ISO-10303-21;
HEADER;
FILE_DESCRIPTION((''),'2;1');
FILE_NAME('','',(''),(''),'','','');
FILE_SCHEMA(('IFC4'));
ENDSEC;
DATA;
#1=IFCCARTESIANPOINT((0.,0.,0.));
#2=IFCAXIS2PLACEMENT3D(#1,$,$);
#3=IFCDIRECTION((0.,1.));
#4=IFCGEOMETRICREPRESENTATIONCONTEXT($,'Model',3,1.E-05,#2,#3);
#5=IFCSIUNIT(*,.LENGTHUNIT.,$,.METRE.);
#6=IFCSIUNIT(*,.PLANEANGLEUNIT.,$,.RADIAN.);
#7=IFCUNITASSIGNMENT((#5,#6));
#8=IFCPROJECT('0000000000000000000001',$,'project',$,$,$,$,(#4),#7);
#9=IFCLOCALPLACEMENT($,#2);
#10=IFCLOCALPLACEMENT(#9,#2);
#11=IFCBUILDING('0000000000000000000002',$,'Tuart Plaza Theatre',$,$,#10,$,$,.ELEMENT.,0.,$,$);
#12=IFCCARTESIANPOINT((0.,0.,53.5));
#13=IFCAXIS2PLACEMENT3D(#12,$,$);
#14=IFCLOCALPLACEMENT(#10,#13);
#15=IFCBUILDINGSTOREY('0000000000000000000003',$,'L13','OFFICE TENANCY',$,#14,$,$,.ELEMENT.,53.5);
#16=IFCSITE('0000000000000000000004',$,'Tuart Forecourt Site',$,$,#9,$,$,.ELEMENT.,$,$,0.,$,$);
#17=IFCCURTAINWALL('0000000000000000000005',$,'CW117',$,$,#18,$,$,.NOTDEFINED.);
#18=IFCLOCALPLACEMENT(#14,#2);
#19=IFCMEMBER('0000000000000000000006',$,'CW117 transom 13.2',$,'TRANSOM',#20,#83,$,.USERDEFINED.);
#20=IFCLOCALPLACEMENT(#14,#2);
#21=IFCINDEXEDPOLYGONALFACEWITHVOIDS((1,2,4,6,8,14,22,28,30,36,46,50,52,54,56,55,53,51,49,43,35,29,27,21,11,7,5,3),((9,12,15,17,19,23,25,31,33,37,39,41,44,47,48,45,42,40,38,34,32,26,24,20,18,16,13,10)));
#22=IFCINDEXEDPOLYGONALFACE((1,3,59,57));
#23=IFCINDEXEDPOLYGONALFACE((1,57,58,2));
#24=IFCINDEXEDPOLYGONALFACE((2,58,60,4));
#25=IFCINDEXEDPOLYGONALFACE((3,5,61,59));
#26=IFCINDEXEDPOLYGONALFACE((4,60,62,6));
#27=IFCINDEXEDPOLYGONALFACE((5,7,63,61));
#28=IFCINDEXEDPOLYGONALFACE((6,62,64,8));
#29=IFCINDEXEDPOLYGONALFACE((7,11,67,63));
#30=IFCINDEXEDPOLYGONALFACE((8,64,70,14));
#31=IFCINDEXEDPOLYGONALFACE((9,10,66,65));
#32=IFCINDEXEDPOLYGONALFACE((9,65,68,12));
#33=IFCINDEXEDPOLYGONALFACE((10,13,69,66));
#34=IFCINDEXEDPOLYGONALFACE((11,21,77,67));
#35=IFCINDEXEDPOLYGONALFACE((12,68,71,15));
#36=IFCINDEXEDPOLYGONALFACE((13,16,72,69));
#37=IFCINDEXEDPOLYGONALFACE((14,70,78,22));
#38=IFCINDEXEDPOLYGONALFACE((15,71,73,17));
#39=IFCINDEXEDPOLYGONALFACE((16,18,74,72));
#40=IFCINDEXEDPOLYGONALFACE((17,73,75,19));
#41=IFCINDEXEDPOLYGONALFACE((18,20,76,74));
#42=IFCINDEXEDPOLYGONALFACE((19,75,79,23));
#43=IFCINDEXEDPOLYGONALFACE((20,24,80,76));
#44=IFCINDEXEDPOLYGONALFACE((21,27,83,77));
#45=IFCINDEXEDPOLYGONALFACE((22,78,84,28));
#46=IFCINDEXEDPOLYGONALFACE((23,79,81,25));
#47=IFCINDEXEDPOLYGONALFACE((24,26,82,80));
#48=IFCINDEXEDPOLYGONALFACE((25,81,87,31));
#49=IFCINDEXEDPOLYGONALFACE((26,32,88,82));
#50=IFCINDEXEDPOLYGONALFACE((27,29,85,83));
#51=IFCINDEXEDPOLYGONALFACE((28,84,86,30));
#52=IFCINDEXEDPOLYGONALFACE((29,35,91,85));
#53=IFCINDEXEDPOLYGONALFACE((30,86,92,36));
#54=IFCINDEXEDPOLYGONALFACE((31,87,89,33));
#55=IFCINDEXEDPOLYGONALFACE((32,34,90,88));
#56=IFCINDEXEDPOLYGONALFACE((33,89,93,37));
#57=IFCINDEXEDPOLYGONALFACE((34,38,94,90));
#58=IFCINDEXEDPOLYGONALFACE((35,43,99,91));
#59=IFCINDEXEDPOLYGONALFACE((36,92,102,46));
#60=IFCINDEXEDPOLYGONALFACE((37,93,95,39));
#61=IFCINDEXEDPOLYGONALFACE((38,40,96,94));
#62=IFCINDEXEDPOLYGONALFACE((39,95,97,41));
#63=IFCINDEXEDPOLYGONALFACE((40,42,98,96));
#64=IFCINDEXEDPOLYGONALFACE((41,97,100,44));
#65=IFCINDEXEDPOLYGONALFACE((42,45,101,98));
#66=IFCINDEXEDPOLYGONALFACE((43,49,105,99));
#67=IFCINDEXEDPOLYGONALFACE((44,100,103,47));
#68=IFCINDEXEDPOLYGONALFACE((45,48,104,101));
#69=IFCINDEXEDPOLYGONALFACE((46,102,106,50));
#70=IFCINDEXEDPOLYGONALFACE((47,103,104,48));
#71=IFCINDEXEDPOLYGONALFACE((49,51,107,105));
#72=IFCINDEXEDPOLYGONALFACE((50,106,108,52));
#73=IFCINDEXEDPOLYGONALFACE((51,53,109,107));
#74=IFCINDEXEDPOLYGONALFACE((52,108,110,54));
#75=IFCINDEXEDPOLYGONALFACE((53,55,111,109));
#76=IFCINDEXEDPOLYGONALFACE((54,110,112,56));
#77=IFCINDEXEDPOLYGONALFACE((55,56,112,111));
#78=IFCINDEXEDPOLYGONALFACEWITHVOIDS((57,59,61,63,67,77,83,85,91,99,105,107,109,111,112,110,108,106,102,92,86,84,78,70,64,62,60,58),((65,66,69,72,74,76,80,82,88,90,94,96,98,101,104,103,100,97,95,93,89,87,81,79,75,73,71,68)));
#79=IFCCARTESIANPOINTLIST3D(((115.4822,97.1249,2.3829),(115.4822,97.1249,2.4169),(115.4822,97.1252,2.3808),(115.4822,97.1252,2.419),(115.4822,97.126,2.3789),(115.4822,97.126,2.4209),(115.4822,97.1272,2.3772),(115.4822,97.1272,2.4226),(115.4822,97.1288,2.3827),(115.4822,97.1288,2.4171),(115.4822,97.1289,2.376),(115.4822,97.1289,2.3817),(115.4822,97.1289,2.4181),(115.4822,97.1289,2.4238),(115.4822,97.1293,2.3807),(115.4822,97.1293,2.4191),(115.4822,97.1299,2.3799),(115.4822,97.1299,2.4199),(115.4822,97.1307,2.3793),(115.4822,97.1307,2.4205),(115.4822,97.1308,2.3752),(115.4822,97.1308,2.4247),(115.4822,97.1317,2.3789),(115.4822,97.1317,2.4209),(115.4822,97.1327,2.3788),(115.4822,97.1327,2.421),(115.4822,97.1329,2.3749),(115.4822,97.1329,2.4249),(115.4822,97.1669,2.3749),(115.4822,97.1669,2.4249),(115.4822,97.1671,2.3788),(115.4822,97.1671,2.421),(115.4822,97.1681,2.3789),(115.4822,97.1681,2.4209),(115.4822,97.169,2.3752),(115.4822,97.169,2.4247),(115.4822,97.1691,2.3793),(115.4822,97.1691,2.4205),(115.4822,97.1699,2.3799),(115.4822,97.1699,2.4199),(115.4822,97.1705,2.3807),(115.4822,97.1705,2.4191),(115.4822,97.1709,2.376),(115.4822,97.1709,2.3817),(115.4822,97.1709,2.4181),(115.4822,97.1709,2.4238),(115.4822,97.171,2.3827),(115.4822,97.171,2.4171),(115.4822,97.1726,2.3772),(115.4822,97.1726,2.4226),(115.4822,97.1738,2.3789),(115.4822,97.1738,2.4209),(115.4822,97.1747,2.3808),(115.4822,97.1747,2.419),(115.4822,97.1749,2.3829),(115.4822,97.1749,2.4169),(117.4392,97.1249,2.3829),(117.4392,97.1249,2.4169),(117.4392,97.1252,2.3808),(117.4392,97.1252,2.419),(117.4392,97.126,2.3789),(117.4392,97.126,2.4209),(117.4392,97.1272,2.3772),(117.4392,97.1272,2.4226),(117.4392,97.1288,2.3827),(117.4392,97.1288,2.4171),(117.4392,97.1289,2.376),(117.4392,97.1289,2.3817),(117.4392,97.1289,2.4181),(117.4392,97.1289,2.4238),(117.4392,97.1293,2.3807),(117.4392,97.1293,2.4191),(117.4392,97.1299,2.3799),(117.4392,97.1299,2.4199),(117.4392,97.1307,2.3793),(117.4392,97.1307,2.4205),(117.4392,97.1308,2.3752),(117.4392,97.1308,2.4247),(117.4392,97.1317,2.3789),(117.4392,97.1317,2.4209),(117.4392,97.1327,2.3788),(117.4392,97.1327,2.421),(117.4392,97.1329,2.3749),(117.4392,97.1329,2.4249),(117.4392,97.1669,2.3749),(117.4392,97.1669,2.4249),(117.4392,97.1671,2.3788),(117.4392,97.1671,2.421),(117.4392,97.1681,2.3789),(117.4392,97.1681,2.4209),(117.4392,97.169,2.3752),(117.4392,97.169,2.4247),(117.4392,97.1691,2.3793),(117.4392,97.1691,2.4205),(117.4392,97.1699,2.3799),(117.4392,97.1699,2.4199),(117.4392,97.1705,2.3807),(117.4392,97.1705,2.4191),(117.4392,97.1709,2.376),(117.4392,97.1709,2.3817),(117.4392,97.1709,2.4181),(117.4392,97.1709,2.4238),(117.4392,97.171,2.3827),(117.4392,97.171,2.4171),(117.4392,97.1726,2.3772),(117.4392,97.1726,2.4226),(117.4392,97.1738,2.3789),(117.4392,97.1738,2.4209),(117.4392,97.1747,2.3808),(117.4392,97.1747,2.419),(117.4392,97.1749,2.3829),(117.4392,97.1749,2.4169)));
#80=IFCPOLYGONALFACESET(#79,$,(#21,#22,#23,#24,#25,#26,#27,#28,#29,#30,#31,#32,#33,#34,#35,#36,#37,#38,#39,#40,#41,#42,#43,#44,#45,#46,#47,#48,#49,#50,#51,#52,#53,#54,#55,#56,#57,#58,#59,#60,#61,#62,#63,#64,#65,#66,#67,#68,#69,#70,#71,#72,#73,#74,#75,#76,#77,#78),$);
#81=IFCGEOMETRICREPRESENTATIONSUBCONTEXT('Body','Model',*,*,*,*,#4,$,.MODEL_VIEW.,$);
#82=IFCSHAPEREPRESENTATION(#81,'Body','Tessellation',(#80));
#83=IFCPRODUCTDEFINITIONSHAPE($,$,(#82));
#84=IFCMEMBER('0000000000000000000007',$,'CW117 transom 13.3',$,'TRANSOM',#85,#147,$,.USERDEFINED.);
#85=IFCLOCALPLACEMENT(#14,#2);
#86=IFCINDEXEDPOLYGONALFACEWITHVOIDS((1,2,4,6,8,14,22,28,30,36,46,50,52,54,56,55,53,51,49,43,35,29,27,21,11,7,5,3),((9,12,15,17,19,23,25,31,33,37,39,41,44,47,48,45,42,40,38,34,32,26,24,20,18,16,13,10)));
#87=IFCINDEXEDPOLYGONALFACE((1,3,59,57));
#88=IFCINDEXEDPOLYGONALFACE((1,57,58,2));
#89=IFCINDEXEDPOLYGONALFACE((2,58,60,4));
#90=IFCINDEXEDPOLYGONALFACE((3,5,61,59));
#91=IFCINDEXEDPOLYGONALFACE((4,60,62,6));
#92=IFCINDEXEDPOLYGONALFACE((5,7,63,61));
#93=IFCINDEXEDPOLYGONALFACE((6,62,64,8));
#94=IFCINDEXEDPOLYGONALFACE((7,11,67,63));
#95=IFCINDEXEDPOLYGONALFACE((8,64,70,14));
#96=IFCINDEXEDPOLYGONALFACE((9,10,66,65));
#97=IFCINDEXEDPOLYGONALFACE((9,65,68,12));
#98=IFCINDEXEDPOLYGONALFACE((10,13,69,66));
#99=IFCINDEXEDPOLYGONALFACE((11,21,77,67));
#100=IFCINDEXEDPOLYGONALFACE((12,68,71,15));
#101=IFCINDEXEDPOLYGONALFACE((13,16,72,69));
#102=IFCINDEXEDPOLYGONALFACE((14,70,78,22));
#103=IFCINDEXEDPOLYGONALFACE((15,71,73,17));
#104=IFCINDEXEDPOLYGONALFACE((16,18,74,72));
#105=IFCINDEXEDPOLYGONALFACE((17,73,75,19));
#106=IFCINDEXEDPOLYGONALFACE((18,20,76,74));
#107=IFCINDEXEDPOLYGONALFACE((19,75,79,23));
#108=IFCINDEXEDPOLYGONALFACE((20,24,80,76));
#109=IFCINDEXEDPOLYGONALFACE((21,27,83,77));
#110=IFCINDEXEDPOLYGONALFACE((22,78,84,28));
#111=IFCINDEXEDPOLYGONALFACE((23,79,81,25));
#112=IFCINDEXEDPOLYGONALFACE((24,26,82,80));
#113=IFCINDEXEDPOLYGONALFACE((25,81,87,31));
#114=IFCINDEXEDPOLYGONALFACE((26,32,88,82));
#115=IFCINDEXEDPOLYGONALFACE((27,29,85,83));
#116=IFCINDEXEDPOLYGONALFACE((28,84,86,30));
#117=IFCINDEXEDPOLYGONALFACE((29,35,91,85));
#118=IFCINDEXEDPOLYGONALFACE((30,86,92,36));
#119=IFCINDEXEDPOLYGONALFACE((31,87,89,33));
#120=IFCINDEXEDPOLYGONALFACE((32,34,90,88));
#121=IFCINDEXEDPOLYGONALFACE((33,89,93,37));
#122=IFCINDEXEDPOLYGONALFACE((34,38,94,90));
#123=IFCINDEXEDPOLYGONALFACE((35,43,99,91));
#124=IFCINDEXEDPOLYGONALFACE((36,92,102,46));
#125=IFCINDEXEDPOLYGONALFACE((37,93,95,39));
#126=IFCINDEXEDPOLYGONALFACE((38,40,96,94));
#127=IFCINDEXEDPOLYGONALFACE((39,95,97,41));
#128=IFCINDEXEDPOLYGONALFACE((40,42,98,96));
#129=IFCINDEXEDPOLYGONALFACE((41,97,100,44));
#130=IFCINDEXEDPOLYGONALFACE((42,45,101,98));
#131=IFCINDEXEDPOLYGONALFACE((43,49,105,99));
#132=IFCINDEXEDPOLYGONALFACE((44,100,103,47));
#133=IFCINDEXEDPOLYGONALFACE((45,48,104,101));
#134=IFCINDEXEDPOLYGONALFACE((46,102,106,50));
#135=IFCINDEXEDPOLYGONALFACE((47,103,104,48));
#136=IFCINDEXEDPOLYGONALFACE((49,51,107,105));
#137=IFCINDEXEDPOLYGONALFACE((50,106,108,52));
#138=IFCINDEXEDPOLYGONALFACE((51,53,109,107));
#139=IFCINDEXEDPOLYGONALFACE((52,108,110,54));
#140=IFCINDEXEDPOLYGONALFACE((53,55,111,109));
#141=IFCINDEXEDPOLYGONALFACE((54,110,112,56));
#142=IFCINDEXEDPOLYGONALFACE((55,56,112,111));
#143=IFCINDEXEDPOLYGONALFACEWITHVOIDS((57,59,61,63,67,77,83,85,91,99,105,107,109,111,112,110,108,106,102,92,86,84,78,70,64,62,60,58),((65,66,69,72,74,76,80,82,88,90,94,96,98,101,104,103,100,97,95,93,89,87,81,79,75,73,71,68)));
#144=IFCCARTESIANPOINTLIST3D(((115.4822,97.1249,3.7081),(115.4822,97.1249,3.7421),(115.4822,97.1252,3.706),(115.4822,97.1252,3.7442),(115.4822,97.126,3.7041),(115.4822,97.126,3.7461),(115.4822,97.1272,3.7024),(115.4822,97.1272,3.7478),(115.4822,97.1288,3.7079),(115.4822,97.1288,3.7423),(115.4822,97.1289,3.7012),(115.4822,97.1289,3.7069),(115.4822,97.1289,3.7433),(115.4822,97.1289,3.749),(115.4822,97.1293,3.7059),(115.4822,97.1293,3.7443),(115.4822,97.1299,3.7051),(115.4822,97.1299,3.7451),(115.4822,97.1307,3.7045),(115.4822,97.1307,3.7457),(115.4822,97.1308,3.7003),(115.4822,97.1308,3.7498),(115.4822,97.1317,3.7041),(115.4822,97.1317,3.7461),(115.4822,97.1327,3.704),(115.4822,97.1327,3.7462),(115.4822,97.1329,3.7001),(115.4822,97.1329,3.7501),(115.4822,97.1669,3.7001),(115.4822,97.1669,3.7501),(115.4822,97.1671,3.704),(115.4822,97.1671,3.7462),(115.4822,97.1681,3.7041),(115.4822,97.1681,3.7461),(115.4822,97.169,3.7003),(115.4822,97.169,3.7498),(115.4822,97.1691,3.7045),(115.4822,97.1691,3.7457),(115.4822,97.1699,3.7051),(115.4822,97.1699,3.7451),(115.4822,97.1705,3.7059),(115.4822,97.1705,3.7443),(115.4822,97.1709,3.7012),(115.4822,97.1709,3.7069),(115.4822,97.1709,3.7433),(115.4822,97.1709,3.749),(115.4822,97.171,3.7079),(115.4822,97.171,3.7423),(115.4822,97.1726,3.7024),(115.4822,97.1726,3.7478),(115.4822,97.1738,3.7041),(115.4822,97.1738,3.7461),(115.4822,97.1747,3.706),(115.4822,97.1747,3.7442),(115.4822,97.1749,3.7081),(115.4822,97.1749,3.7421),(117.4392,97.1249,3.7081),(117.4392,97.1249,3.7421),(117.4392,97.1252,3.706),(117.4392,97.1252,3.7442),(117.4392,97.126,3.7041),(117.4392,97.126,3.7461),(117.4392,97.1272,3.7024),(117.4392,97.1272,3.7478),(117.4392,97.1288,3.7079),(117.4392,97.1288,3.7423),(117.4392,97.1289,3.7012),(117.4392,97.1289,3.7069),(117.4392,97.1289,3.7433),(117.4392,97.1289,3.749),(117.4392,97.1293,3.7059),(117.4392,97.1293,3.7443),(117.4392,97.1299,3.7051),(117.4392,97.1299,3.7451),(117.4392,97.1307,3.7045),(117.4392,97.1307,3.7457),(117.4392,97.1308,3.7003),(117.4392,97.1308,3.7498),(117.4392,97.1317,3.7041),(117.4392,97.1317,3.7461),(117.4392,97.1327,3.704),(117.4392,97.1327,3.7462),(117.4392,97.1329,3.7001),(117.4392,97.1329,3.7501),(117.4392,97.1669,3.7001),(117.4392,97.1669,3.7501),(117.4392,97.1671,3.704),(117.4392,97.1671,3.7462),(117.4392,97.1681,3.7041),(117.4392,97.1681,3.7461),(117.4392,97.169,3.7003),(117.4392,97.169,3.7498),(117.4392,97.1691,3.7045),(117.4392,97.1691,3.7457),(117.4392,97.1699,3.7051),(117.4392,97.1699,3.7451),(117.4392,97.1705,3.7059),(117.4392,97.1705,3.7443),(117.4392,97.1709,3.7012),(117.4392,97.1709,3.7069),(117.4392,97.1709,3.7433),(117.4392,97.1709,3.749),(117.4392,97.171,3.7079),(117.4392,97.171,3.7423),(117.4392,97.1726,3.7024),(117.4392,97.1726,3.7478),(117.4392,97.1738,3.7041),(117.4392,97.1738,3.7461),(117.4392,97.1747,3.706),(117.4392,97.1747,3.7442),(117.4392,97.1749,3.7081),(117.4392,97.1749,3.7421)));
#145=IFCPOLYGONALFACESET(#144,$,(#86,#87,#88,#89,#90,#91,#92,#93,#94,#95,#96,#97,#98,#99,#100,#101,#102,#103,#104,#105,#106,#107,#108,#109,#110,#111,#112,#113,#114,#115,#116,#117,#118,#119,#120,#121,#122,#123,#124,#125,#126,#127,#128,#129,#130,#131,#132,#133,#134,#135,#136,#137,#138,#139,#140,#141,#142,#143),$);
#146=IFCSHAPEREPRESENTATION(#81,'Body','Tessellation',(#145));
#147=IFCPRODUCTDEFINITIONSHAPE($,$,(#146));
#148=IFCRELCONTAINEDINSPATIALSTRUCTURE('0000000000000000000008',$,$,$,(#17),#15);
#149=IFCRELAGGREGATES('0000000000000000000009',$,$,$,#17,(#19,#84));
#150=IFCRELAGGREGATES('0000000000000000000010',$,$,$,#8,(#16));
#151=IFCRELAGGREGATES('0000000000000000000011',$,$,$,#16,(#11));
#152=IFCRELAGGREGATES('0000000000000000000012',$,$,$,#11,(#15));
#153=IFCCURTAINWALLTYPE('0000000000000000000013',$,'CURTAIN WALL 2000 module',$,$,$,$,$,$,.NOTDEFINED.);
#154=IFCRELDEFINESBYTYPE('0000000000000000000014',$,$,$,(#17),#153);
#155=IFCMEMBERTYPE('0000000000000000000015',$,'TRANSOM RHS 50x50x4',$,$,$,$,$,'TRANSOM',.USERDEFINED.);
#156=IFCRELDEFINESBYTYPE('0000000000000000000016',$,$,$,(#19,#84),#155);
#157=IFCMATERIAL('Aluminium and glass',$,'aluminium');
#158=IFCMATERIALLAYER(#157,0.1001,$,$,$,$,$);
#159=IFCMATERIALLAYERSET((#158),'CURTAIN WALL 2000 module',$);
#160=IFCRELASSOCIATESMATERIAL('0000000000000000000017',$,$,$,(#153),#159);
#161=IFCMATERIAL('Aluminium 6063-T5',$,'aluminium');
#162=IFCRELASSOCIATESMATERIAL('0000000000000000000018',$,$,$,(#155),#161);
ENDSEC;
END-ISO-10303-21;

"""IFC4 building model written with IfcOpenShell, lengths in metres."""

from ifc_helpers import new_model, si_unit, direction, frame, origin, origin_2d, place, context, subcontext, project, spatial, hollow_rectangle, extrude, material, layer, layer_set, material_profile, profile_set, type_object, element, aggregate, save


model = new_model("IFC4")

# Units and contexts
model_context = context("Model", 3, precision=1e-05, world=origin(), true_north=direction((0.0, 1.0)))
body_context = subcontext(model_context, "Body", "Model", "MODEL_VIEW")
ifc_project = project(units=[si_unit("LENGTHUNIT", "METRE"), si_unit("PLANEANGLEUNIT", "RADIAN")], contexts=[model_context])

# Site, building, storey
site_placement = place(None, origin())
site = spatial("IfcSite", under=ifc_project, at=site_placement, Name="Tuart Forecourt Site", CompositionType="ELEMENT", RefElevation=0.0)
building_placement = place(site_placement, origin())
building = spatial("IfcBuilding", under=site, at=building_placement, Name="Tuart Plaza Theatre", CompositionType="ELEMENT", ElevationOfRefHeight=0.0)
storey_placement = place(building_placement, frame((0.0, 0.0, 53.5)))
storey = spatial("IfcBuildingStorey", under=building, at=storey_placement, Name="L13", Description="OFFICE TENANCY", CompositionType="ELEMENT", Elevation=53.5)

# Curtain wall, members
ifc_material_1 = material(Name="Aluminium and glass", Category="aluminium")
ifc_layer_1 = layer(ifc_material_1, 0.1001)
ifc_layer_set_1 = layer_set([ifc_layer_1], Name="CURTAIN WALL 2000 module")
curtain_wall_type = type_object("IfcCurtainWallType", Name="CURTAIN WALL 2000 module", PredefinedType="NOTDEFINED", material=ifc_layer_set_1)
curtain_wall_placement = place(storey_placement, origin())
curtain_wall = element("IfcCurtainWall", 1, at=curtain_wall_placement, inside=storey, type_object=curtain_wall_type, Name="CW117", PredefinedType="NOTDEFINED")
ifc_material_2 = material(Name="Aluminium 6063-T5", Category="aluminium")
ifc_material_profile_1 = material_profile(ifc_material_2, hollow_rectangle(XDim=0.05, YDim=0.05, WallThickness=0.0039, InnerFilletRadius=0.0039, OuterFilletRadius=0.0081, at=origin_2d()), Name="RHS 50x50x4")
ifc_profile_set_1 = profile_set([ifc_material_profile_1], Name="Aluminium 6063-T5")
member_type_1 = type_object("IfcMemberType", Name="TRANSOM RHS 50x50x4", ElementType="TRANSOM", PredefinedType="USERDEFINED", material=ifc_profile_set_1)
member_1_placement = place(storey_placement, frame((117.4392, 97.1499, 2.3999), z_axis=(-1.0, 0.0, 0.0), x_axis=(0.0, -1.0, 0.0)))
member_1 = element("IfcMember", 2, at=member_1_placement, type_object=member_type_1, Name="CW117 transom 13.2", ObjectType="TRANSOM", PredefinedType="USERDEFINED", context=body_context, shape_type="SweptSolid", body=[
    extrude(hollow_rectangle(XDim=0.05, YDim=0.05, WallThickness=0.0039, InnerFilletRadius=0.0039, OuterFilletRadius=0.0081, at=origin_2d()), origin(), (0.0, 0.0, 1.0), 1.957),
])
member_2_placement = place(storey_placement, frame((117.4392, 97.1499, 3.7251), z_axis=(-1.0, 0.0, 0.0), x_axis=(0.0, -1.0, 0.0)))
member_2 = element("IfcMember", 3, at=member_2_placement, type_object=member_type_1, Name="CW117 transom 13.3", ObjectType="TRANSOM", PredefinedType="USERDEFINED", context=body_context, shape_type="SweptSolid", body=[
    extrude(hollow_rectangle(XDim=0.05, YDim=0.05, WallThickness=0.0039, InnerFilletRadius=0.0039, OuterFilletRadius=0.0081, at=origin_2d()), origin(), (0.0, 0.0, 1.0), 1.957),
])
aggregate(curtain_wall, [member_1, member_2])

save(model, "model.ifc")
